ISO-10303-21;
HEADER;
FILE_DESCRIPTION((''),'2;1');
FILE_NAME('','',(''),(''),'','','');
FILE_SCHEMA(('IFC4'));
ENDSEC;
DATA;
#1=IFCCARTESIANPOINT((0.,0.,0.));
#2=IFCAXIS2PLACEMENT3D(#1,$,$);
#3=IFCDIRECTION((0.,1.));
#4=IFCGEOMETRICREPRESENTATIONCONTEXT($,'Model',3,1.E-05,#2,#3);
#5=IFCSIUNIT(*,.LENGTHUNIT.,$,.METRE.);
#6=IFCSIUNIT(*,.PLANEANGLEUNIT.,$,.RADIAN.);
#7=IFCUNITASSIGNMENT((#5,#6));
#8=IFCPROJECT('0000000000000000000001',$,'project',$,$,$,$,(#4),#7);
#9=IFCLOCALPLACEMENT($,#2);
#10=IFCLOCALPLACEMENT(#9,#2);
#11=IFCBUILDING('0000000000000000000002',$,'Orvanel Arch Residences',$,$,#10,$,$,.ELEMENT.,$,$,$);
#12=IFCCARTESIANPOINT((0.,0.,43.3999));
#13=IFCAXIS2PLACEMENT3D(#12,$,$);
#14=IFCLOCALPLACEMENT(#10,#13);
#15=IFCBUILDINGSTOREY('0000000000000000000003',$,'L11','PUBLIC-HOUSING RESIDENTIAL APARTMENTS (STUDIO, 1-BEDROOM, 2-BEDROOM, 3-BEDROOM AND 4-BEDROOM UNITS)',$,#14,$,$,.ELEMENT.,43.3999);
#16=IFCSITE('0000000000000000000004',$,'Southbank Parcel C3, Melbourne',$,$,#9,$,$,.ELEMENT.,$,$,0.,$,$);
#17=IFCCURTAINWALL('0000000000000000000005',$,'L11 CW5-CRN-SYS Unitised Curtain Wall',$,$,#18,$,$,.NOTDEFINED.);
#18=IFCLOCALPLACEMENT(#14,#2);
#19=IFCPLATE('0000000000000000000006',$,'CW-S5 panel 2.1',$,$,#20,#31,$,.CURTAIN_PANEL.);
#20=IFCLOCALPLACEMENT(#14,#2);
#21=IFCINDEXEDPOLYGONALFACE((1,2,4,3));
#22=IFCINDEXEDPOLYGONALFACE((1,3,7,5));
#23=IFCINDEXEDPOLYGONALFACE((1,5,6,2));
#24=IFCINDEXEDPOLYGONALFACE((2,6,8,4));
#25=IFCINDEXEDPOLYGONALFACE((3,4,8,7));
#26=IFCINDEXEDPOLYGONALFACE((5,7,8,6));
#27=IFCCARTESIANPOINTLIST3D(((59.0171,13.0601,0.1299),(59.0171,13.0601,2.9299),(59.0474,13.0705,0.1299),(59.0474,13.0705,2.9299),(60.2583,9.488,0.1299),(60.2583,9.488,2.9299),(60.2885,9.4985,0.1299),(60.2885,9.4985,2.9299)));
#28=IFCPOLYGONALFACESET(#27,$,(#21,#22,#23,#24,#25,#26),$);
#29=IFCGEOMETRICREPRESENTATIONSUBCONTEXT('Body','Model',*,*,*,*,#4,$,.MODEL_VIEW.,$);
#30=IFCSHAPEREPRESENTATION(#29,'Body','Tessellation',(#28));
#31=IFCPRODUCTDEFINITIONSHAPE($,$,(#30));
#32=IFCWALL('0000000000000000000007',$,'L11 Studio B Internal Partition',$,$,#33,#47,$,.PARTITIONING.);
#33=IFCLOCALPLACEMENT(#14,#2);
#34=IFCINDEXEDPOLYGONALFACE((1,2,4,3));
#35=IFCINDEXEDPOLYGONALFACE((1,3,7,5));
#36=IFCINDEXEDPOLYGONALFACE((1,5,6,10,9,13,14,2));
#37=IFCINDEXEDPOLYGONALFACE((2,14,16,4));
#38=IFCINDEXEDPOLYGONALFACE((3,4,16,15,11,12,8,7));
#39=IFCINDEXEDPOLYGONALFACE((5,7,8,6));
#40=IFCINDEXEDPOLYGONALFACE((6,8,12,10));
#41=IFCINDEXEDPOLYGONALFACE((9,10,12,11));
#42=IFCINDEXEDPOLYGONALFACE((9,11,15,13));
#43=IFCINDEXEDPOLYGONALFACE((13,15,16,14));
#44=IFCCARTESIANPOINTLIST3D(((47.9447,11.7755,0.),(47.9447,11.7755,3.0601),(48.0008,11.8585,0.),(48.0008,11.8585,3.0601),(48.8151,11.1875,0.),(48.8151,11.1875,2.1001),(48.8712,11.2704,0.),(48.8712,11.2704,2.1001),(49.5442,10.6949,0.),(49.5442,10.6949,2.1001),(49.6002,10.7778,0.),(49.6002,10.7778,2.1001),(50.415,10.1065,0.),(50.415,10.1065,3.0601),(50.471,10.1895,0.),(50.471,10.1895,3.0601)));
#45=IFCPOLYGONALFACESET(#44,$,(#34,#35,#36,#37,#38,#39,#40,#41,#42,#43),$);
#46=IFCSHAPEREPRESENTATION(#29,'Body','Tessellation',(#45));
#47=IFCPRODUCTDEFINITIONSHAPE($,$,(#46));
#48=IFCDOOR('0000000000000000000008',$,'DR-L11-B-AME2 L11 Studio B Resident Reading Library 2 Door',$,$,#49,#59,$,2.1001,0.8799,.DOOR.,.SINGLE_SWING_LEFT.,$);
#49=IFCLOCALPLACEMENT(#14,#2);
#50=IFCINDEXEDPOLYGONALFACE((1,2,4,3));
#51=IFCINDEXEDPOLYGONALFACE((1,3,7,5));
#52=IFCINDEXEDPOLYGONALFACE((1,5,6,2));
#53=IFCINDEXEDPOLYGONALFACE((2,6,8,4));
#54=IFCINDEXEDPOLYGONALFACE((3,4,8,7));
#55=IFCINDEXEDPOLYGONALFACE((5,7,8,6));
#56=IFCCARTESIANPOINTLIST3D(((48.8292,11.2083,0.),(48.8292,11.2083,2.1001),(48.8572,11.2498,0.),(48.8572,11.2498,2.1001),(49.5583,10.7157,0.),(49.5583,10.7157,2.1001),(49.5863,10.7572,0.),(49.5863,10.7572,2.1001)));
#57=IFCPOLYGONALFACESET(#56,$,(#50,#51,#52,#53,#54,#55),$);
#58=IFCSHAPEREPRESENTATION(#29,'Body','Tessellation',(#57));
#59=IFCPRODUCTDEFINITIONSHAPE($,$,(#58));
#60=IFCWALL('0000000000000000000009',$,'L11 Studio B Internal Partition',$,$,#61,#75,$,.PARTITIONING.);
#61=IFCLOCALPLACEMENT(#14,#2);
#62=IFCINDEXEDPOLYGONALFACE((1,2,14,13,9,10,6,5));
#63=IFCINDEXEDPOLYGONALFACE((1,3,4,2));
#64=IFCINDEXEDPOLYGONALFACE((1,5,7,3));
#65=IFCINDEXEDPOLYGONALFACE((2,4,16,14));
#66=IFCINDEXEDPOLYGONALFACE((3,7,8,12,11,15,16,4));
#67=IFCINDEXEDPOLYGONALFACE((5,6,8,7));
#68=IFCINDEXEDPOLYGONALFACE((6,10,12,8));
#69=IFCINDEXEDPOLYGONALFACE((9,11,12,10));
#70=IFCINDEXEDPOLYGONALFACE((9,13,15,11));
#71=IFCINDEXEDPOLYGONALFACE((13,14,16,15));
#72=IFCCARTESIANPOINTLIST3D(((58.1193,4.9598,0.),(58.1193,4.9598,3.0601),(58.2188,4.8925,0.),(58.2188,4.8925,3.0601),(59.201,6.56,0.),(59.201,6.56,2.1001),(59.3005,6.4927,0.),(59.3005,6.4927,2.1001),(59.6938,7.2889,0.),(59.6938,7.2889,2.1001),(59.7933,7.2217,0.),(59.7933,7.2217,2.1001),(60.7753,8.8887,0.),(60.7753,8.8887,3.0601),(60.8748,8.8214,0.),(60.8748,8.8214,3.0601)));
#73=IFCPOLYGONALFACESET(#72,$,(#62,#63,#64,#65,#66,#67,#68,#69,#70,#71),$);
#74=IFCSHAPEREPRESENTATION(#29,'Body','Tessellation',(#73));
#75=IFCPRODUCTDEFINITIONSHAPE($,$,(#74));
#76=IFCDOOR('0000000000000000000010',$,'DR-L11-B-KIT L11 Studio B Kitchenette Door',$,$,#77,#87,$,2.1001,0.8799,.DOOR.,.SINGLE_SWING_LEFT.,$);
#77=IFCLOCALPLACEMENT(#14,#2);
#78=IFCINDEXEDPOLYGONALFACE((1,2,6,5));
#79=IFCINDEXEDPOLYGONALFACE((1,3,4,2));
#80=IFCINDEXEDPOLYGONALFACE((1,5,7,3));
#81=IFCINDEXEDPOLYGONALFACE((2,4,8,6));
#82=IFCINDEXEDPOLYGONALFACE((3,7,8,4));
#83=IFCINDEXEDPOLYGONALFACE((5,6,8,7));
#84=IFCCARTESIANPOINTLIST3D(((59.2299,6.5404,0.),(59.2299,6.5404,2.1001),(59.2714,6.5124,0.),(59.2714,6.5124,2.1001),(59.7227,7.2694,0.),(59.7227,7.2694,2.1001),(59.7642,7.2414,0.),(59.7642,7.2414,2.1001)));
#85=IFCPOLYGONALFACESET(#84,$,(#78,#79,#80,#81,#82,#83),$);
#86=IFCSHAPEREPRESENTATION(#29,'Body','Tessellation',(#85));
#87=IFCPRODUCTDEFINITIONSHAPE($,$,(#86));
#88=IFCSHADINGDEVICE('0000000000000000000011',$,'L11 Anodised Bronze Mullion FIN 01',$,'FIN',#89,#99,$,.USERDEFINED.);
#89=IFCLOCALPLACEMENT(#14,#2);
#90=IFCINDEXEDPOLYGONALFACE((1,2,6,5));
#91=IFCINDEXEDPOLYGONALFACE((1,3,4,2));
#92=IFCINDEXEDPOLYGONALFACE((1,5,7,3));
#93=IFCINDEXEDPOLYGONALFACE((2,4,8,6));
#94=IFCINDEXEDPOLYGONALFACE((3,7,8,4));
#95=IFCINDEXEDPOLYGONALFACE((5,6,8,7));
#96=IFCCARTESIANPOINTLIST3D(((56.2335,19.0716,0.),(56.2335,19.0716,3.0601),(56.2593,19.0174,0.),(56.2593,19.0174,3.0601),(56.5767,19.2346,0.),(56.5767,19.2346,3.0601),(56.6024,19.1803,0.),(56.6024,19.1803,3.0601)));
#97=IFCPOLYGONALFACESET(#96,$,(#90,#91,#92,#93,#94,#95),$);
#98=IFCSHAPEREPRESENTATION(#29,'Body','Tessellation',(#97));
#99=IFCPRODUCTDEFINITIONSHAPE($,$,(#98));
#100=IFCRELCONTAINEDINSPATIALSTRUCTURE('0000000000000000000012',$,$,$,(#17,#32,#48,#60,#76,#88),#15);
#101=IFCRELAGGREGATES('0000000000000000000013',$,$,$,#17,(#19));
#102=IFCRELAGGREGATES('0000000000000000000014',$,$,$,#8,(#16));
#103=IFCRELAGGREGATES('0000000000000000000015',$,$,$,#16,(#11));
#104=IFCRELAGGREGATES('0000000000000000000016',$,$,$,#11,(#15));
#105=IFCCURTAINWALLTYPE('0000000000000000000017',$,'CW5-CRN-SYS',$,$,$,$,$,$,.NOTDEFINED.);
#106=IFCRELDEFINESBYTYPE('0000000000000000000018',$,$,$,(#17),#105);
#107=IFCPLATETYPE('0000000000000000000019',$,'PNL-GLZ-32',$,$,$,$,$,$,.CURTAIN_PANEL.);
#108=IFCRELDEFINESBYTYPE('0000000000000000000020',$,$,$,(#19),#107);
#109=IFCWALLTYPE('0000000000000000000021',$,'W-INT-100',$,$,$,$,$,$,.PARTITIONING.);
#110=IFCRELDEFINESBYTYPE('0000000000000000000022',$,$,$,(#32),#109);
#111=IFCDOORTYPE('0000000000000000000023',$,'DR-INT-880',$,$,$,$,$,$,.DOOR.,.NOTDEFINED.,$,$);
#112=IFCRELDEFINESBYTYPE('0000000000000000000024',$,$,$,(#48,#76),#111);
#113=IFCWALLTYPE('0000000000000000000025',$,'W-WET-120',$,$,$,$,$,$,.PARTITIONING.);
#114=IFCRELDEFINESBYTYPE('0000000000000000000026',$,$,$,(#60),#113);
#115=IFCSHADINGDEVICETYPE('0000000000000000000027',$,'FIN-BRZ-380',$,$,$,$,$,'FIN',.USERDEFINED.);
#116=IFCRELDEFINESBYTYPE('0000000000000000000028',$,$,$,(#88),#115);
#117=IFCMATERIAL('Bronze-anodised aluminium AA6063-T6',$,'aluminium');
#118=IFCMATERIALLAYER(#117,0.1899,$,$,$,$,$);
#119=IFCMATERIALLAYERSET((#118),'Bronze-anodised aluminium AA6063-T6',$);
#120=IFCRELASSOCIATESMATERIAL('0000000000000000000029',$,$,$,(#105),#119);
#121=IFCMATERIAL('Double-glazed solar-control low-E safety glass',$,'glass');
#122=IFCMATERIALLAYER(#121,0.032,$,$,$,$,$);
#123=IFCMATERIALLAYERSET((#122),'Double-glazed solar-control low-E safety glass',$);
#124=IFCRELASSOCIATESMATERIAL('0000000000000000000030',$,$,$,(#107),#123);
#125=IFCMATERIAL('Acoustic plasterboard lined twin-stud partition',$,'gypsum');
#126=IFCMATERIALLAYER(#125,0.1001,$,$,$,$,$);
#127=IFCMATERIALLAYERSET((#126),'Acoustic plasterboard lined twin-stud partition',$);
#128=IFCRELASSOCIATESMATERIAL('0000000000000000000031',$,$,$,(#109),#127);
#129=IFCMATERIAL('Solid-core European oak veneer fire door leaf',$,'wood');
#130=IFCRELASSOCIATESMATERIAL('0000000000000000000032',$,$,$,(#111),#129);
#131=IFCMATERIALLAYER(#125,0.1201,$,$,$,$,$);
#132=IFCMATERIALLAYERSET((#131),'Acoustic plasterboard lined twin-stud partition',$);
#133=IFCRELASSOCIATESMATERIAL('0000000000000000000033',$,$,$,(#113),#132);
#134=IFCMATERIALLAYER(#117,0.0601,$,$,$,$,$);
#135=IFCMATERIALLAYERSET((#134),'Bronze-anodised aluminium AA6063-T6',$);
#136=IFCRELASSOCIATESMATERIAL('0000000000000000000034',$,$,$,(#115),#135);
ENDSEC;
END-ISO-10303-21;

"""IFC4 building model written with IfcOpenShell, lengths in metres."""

from ifc_helpers import new_model, si_unit, direction, frame, frame_2d, origin, origin_2d, place, context, subcontext, project, spatial, rectangle, extrude, material, layer, layer_set, type_object, element, fill, aggregate, save


model = new_model("IFC4")

# Units and contexts
model_context = context("Model", 3, precision=1e-05, world=origin(), true_north=direction((0.0, 1.0)))
body_context = subcontext(model_context, "Body", "Model", "MODEL_VIEW")
ifc_project = project(units=[si_unit("LENGTHUNIT", "METRE"), si_unit("PLANEANGLEUNIT", "RADIAN")], contexts=[model_context])

# Site, building, storey
site_placement = place(None, origin())
site = spatial("IfcSite", under=ifc_project, at=site_placement, Name="Southbank Parcel C3, Melbourne", CompositionType="ELEMENT", RefElevation=0.0)
building_placement = place(site_placement, origin())
building = spatial("IfcBuilding", under=site, at=building_placement, Name="Orvanel Arch Residences", CompositionType="ELEMENT")
storey_placement = place(building_placement, frame((0.0, 0.0, 43.3999)))
storey = spatial("IfcBuildingStorey", under=building, at=storey_placement, Name="L11", Description="PUBLIC-HOUSING RESIDENTIAL APARTMENTS (STUDIO, 1-BEDROOM, 2-BEDROOM, 3-BEDROOM AND 4-BEDROOM UNITS)", CompositionType="ELEMENT", Elevation=43.3999)

# Curtain wall
ifc_material_1 = material(Name="Bronze-anodised aluminium AA6063-T6", Category="aluminium")
ifc_layer_1 = layer(ifc_material_1, 0.1899)
ifc_layer_set_1 = layer_set([ifc_layer_1], Name="Bronze-anodised aluminium AA6063-T6")
curtain_wall_type_1 = type_object("IfcCurtainWallType", Name="CW5-CRN-SYS", PredefinedType="NOTDEFINED", material=ifc_layer_set_1)
curtain_wall_1_placement = place(storey_placement, origin())
curtain_wall_1 = element("IfcCurtainWall", 1, at=curtain_wall_1_placement, inside=storey, type_object=curtain_wall_type_1, Name="L11 CW5-CRN-SYS Unitised Curtain Wall", PredefinedType="NOTDEFINED")

# Plate
ifc_material_2 = material(Name="Double-glazed solar-control low-E safety glass", Category="glass")
ifc_layer_2 = layer(ifc_material_2, 0.032)
ifc_layer_set_2 = layer_set([ifc_layer_2], Name="Double-glazed solar-control low-E safety glass")
plate_type_1 = type_object("IfcPlateType", Name="PNL-GLZ-32", PredefinedType="CURTAIN_PANEL", material=ifc_layer_set_2)
plate_1_placement = place(storey_placement, frame((59.6528, 11.2793, 0.1299), z_axis=(0.0, 0.0, 1.0), x_axis=(-0.328221, 0.944601, 0.0)))
plate_1 = element("IfcPlate", 2, at=plate_1_placement, type_object=plate_type_1, Name="CW-S5 panel 2.1", PredefinedType="CURTAIN_PANEL", context=body_context, shape_type="SweptSolid", body=[
    extrude(rectangle(XDim=3.7815, YDim=0.032, at=origin_2d()), origin(), (0.0, 0.0, 1.0), 2.8),
])
aggregate(curtain_wall_1, [plate_1])

# Walls, openings, doors
ifc_material_3 = material(Name="Acoustic plasterboard lined twin-stud partition", Category="gypsum")
ifc_layer_3 = layer(ifc_material_3, 0.1001)
ifc_layer_set_3 = layer_set([ifc_layer_3], Name="Acoustic plasterboard lined twin-stud partition")
wall_type_1 = type_object("IfcWallType", Name="W-INT-100", PredefinedType="PARTITIONING", material=ifc_layer_set_3)
wall_1_placement = place(storey_placement, frame((50.4431, 10.1479, 0.0), z_axis=(0.0, 0.0, 1.0), x_axis=(-0.828607, 0.55983, 0.0)))
wall_1 = element("IfcWall", 3, at=wall_1_placement, inside=storey, type_object=wall_type_1, Name="L11 Studio B Internal Partition", PredefinedType="PARTITIONING", context=body_context, shape_type="SweptSolid", body=[
    extrude(rectangle(XDim=2.9812, YDim=0.1001, at=frame_2d((1.4907, 0.0))), origin(), (0.0, 0.0, 1.0), 3.0601),
])
opening_1_placement = place(wall_1_placement, frame((1.051, 0.0, 0.0)))
opening_1 = element("IfcOpeningElement", 4, at=opening_1_placement, cuts=wall_1, PredefinedType="OPENING", context=body_context, shape_type="SweptSolid", body=[
    extrude(rectangle(XDim=0.8799, YDim=2.1001, at=frame_2d((0.4399, 1.05))), frame((0.0, 0.0601, 0.0), z_axis=(0.0, -1.0, 0.0), x_axis=(1.0, 0.0, 0.0)), (0.0, 0.0, 1.0), 0.1201),
])
ifc_material_4 = material(Name="Solid-core European oak veneer fire door leaf", Category="wood")
door_type = type_object("IfcDoorType", Name="DR-INT-880", OperationType="NOTDEFINED", PredefinedType="DOOR", material=ifc_material_4)
door_1_placement = place(opening_1_placement, origin())
door_1 = element("IfcDoor", 5, at=door_1_placement, inside=storey, type_object=door_type, Name="DR-L11-B-AME2 L11 Studio B Resident Reading Library 2 Door", OperationType="SINGLE_SWING_LEFT", OverallHeight=2.1001, OverallWidth=0.8799, PredefinedType="DOOR", context=body_context, shape_type="SweptSolid", body=[
    extrude(rectangle(XDim=0.8799, YDim=2.1001, at=frame_2d((0.4399, 1.05))), frame((0.0, 0.0249, 0.0), z_axis=(0.0, -1.0, 0.0), x_axis=(1.0, 0.0, 0.0)), (0.0, 0.0, 1.0), 0.05),
])
fill(opening_1, door_1)
ifc_layer_4 = layer(ifc_material_3, 0.1201)
ifc_layer_set_4 = layer_set([ifc_layer_4], Name="Acoustic plasterboard lined twin-stud partition")
wall_type_2 = type_object("IfcWallType", Name="W-WET-120", PredefinedType="PARTITIONING", material=ifc_layer_set_4)
wall_2_placement = place(storey_placement, frame((60.825, 8.855, 0.0), z_axis=(0.0, 0.0, 1.0), x_axis=(-0.560047, -0.828461, 0.0)))
wall_2 = element("IfcWall", 6, at=wall_2_placement, inside=storey, type_object=wall_type_2, Name="L11 Studio B Internal Partition", PredefinedType="PARTITIONING", context=body_context, shape_type="SweptSolid", body=[
    extrude(rectangle(XDim=4.7424, YDim=0.1201, at=frame_2d((2.3711, 0.0))), origin(), (0.0, 0.0, 1.0), 3.0601),
])
opening_2_placement = place(wall_2_placement, frame((1.9309, 0.0, 0.0)))
opening_2 = element("IfcOpeningElement", 7, at=opening_2_placement, cuts=wall_2, PredefinedType="OPENING", context=body_context, shape_type="SweptSolid", body=[
    extrude(rectangle(XDim=0.8799, YDim=2.1001, at=frame_2d((0.4399, 1.05))), frame((0.0, 0.0701, 0.0), z_axis=(0.0, -1.0, 0.0), x_axis=(1.0, 0.0, 0.0)), (0.0, 0.0, 1.0), 0.1401),
])
door_2_placement = place(opening_2_placement, origin())
door_2 = element("IfcDoor", 8, at=door_2_placement, inside=storey, type_object=door_type, Name="DR-L11-B-KIT L11 Studio B Kitchenette Door", OperationType="SINGLE_SWING_LEFT", OverallHeight=2.1001, OverallWidth=0.8799, PredefinedType="DOOR", context=body_context, shape_type="SweptSolid", body=[
    extrude(rectangle(XDim=0.8799, YDim=2.1001, at=frame_2d((0.4399, 1.05))), frame((0.0, 0.0249, 0.0), z_axis=(0.0, -1.0, 0.0), x_axis=(1.0, 0.0, 0.0)), (0.0, 0.0, 1.0), 0.05),
])
fill(opening_2, door_2)

# Shading device
ifc_layer_5 = layer(ifc_material_1, 0.0601)
ifc_layer_set_5 = layer_set([ifc_layer_5], Name="Bronze-anodised aluminium AA6063-T6")
shading_device_type = type_object("IfcShadingDeviceType", Name="FIN-BRZ-380", ElementType="FIN", PredefinedType="USERDEFINED", material=ifc_layer_set_5)
shading_device_placement = place(storey_placement, frame((56.418, 19.126, 0.0), z_axis=(0.0, 0.0, 1.0), x_axis=(0.903335, 0.428935, 0.0)))
element("IfcShadingDevice", 9, at=shading_device_placement, inside=storey, type_object=shading_device_type, Name="L11 Anodised Bronze Mullion FIN 01", ObjectType="FIN", PredefinedType="USERDEFINED", context=body_context, shape_type="SweptSolid", body=[
    extrude(rectangle(XDim=0.3799, YDim=0.0601, at=origin_2d()), origin(), (0.0, 0.0, 1.0), 3.0601),
])

save(model, "model.ifc")
